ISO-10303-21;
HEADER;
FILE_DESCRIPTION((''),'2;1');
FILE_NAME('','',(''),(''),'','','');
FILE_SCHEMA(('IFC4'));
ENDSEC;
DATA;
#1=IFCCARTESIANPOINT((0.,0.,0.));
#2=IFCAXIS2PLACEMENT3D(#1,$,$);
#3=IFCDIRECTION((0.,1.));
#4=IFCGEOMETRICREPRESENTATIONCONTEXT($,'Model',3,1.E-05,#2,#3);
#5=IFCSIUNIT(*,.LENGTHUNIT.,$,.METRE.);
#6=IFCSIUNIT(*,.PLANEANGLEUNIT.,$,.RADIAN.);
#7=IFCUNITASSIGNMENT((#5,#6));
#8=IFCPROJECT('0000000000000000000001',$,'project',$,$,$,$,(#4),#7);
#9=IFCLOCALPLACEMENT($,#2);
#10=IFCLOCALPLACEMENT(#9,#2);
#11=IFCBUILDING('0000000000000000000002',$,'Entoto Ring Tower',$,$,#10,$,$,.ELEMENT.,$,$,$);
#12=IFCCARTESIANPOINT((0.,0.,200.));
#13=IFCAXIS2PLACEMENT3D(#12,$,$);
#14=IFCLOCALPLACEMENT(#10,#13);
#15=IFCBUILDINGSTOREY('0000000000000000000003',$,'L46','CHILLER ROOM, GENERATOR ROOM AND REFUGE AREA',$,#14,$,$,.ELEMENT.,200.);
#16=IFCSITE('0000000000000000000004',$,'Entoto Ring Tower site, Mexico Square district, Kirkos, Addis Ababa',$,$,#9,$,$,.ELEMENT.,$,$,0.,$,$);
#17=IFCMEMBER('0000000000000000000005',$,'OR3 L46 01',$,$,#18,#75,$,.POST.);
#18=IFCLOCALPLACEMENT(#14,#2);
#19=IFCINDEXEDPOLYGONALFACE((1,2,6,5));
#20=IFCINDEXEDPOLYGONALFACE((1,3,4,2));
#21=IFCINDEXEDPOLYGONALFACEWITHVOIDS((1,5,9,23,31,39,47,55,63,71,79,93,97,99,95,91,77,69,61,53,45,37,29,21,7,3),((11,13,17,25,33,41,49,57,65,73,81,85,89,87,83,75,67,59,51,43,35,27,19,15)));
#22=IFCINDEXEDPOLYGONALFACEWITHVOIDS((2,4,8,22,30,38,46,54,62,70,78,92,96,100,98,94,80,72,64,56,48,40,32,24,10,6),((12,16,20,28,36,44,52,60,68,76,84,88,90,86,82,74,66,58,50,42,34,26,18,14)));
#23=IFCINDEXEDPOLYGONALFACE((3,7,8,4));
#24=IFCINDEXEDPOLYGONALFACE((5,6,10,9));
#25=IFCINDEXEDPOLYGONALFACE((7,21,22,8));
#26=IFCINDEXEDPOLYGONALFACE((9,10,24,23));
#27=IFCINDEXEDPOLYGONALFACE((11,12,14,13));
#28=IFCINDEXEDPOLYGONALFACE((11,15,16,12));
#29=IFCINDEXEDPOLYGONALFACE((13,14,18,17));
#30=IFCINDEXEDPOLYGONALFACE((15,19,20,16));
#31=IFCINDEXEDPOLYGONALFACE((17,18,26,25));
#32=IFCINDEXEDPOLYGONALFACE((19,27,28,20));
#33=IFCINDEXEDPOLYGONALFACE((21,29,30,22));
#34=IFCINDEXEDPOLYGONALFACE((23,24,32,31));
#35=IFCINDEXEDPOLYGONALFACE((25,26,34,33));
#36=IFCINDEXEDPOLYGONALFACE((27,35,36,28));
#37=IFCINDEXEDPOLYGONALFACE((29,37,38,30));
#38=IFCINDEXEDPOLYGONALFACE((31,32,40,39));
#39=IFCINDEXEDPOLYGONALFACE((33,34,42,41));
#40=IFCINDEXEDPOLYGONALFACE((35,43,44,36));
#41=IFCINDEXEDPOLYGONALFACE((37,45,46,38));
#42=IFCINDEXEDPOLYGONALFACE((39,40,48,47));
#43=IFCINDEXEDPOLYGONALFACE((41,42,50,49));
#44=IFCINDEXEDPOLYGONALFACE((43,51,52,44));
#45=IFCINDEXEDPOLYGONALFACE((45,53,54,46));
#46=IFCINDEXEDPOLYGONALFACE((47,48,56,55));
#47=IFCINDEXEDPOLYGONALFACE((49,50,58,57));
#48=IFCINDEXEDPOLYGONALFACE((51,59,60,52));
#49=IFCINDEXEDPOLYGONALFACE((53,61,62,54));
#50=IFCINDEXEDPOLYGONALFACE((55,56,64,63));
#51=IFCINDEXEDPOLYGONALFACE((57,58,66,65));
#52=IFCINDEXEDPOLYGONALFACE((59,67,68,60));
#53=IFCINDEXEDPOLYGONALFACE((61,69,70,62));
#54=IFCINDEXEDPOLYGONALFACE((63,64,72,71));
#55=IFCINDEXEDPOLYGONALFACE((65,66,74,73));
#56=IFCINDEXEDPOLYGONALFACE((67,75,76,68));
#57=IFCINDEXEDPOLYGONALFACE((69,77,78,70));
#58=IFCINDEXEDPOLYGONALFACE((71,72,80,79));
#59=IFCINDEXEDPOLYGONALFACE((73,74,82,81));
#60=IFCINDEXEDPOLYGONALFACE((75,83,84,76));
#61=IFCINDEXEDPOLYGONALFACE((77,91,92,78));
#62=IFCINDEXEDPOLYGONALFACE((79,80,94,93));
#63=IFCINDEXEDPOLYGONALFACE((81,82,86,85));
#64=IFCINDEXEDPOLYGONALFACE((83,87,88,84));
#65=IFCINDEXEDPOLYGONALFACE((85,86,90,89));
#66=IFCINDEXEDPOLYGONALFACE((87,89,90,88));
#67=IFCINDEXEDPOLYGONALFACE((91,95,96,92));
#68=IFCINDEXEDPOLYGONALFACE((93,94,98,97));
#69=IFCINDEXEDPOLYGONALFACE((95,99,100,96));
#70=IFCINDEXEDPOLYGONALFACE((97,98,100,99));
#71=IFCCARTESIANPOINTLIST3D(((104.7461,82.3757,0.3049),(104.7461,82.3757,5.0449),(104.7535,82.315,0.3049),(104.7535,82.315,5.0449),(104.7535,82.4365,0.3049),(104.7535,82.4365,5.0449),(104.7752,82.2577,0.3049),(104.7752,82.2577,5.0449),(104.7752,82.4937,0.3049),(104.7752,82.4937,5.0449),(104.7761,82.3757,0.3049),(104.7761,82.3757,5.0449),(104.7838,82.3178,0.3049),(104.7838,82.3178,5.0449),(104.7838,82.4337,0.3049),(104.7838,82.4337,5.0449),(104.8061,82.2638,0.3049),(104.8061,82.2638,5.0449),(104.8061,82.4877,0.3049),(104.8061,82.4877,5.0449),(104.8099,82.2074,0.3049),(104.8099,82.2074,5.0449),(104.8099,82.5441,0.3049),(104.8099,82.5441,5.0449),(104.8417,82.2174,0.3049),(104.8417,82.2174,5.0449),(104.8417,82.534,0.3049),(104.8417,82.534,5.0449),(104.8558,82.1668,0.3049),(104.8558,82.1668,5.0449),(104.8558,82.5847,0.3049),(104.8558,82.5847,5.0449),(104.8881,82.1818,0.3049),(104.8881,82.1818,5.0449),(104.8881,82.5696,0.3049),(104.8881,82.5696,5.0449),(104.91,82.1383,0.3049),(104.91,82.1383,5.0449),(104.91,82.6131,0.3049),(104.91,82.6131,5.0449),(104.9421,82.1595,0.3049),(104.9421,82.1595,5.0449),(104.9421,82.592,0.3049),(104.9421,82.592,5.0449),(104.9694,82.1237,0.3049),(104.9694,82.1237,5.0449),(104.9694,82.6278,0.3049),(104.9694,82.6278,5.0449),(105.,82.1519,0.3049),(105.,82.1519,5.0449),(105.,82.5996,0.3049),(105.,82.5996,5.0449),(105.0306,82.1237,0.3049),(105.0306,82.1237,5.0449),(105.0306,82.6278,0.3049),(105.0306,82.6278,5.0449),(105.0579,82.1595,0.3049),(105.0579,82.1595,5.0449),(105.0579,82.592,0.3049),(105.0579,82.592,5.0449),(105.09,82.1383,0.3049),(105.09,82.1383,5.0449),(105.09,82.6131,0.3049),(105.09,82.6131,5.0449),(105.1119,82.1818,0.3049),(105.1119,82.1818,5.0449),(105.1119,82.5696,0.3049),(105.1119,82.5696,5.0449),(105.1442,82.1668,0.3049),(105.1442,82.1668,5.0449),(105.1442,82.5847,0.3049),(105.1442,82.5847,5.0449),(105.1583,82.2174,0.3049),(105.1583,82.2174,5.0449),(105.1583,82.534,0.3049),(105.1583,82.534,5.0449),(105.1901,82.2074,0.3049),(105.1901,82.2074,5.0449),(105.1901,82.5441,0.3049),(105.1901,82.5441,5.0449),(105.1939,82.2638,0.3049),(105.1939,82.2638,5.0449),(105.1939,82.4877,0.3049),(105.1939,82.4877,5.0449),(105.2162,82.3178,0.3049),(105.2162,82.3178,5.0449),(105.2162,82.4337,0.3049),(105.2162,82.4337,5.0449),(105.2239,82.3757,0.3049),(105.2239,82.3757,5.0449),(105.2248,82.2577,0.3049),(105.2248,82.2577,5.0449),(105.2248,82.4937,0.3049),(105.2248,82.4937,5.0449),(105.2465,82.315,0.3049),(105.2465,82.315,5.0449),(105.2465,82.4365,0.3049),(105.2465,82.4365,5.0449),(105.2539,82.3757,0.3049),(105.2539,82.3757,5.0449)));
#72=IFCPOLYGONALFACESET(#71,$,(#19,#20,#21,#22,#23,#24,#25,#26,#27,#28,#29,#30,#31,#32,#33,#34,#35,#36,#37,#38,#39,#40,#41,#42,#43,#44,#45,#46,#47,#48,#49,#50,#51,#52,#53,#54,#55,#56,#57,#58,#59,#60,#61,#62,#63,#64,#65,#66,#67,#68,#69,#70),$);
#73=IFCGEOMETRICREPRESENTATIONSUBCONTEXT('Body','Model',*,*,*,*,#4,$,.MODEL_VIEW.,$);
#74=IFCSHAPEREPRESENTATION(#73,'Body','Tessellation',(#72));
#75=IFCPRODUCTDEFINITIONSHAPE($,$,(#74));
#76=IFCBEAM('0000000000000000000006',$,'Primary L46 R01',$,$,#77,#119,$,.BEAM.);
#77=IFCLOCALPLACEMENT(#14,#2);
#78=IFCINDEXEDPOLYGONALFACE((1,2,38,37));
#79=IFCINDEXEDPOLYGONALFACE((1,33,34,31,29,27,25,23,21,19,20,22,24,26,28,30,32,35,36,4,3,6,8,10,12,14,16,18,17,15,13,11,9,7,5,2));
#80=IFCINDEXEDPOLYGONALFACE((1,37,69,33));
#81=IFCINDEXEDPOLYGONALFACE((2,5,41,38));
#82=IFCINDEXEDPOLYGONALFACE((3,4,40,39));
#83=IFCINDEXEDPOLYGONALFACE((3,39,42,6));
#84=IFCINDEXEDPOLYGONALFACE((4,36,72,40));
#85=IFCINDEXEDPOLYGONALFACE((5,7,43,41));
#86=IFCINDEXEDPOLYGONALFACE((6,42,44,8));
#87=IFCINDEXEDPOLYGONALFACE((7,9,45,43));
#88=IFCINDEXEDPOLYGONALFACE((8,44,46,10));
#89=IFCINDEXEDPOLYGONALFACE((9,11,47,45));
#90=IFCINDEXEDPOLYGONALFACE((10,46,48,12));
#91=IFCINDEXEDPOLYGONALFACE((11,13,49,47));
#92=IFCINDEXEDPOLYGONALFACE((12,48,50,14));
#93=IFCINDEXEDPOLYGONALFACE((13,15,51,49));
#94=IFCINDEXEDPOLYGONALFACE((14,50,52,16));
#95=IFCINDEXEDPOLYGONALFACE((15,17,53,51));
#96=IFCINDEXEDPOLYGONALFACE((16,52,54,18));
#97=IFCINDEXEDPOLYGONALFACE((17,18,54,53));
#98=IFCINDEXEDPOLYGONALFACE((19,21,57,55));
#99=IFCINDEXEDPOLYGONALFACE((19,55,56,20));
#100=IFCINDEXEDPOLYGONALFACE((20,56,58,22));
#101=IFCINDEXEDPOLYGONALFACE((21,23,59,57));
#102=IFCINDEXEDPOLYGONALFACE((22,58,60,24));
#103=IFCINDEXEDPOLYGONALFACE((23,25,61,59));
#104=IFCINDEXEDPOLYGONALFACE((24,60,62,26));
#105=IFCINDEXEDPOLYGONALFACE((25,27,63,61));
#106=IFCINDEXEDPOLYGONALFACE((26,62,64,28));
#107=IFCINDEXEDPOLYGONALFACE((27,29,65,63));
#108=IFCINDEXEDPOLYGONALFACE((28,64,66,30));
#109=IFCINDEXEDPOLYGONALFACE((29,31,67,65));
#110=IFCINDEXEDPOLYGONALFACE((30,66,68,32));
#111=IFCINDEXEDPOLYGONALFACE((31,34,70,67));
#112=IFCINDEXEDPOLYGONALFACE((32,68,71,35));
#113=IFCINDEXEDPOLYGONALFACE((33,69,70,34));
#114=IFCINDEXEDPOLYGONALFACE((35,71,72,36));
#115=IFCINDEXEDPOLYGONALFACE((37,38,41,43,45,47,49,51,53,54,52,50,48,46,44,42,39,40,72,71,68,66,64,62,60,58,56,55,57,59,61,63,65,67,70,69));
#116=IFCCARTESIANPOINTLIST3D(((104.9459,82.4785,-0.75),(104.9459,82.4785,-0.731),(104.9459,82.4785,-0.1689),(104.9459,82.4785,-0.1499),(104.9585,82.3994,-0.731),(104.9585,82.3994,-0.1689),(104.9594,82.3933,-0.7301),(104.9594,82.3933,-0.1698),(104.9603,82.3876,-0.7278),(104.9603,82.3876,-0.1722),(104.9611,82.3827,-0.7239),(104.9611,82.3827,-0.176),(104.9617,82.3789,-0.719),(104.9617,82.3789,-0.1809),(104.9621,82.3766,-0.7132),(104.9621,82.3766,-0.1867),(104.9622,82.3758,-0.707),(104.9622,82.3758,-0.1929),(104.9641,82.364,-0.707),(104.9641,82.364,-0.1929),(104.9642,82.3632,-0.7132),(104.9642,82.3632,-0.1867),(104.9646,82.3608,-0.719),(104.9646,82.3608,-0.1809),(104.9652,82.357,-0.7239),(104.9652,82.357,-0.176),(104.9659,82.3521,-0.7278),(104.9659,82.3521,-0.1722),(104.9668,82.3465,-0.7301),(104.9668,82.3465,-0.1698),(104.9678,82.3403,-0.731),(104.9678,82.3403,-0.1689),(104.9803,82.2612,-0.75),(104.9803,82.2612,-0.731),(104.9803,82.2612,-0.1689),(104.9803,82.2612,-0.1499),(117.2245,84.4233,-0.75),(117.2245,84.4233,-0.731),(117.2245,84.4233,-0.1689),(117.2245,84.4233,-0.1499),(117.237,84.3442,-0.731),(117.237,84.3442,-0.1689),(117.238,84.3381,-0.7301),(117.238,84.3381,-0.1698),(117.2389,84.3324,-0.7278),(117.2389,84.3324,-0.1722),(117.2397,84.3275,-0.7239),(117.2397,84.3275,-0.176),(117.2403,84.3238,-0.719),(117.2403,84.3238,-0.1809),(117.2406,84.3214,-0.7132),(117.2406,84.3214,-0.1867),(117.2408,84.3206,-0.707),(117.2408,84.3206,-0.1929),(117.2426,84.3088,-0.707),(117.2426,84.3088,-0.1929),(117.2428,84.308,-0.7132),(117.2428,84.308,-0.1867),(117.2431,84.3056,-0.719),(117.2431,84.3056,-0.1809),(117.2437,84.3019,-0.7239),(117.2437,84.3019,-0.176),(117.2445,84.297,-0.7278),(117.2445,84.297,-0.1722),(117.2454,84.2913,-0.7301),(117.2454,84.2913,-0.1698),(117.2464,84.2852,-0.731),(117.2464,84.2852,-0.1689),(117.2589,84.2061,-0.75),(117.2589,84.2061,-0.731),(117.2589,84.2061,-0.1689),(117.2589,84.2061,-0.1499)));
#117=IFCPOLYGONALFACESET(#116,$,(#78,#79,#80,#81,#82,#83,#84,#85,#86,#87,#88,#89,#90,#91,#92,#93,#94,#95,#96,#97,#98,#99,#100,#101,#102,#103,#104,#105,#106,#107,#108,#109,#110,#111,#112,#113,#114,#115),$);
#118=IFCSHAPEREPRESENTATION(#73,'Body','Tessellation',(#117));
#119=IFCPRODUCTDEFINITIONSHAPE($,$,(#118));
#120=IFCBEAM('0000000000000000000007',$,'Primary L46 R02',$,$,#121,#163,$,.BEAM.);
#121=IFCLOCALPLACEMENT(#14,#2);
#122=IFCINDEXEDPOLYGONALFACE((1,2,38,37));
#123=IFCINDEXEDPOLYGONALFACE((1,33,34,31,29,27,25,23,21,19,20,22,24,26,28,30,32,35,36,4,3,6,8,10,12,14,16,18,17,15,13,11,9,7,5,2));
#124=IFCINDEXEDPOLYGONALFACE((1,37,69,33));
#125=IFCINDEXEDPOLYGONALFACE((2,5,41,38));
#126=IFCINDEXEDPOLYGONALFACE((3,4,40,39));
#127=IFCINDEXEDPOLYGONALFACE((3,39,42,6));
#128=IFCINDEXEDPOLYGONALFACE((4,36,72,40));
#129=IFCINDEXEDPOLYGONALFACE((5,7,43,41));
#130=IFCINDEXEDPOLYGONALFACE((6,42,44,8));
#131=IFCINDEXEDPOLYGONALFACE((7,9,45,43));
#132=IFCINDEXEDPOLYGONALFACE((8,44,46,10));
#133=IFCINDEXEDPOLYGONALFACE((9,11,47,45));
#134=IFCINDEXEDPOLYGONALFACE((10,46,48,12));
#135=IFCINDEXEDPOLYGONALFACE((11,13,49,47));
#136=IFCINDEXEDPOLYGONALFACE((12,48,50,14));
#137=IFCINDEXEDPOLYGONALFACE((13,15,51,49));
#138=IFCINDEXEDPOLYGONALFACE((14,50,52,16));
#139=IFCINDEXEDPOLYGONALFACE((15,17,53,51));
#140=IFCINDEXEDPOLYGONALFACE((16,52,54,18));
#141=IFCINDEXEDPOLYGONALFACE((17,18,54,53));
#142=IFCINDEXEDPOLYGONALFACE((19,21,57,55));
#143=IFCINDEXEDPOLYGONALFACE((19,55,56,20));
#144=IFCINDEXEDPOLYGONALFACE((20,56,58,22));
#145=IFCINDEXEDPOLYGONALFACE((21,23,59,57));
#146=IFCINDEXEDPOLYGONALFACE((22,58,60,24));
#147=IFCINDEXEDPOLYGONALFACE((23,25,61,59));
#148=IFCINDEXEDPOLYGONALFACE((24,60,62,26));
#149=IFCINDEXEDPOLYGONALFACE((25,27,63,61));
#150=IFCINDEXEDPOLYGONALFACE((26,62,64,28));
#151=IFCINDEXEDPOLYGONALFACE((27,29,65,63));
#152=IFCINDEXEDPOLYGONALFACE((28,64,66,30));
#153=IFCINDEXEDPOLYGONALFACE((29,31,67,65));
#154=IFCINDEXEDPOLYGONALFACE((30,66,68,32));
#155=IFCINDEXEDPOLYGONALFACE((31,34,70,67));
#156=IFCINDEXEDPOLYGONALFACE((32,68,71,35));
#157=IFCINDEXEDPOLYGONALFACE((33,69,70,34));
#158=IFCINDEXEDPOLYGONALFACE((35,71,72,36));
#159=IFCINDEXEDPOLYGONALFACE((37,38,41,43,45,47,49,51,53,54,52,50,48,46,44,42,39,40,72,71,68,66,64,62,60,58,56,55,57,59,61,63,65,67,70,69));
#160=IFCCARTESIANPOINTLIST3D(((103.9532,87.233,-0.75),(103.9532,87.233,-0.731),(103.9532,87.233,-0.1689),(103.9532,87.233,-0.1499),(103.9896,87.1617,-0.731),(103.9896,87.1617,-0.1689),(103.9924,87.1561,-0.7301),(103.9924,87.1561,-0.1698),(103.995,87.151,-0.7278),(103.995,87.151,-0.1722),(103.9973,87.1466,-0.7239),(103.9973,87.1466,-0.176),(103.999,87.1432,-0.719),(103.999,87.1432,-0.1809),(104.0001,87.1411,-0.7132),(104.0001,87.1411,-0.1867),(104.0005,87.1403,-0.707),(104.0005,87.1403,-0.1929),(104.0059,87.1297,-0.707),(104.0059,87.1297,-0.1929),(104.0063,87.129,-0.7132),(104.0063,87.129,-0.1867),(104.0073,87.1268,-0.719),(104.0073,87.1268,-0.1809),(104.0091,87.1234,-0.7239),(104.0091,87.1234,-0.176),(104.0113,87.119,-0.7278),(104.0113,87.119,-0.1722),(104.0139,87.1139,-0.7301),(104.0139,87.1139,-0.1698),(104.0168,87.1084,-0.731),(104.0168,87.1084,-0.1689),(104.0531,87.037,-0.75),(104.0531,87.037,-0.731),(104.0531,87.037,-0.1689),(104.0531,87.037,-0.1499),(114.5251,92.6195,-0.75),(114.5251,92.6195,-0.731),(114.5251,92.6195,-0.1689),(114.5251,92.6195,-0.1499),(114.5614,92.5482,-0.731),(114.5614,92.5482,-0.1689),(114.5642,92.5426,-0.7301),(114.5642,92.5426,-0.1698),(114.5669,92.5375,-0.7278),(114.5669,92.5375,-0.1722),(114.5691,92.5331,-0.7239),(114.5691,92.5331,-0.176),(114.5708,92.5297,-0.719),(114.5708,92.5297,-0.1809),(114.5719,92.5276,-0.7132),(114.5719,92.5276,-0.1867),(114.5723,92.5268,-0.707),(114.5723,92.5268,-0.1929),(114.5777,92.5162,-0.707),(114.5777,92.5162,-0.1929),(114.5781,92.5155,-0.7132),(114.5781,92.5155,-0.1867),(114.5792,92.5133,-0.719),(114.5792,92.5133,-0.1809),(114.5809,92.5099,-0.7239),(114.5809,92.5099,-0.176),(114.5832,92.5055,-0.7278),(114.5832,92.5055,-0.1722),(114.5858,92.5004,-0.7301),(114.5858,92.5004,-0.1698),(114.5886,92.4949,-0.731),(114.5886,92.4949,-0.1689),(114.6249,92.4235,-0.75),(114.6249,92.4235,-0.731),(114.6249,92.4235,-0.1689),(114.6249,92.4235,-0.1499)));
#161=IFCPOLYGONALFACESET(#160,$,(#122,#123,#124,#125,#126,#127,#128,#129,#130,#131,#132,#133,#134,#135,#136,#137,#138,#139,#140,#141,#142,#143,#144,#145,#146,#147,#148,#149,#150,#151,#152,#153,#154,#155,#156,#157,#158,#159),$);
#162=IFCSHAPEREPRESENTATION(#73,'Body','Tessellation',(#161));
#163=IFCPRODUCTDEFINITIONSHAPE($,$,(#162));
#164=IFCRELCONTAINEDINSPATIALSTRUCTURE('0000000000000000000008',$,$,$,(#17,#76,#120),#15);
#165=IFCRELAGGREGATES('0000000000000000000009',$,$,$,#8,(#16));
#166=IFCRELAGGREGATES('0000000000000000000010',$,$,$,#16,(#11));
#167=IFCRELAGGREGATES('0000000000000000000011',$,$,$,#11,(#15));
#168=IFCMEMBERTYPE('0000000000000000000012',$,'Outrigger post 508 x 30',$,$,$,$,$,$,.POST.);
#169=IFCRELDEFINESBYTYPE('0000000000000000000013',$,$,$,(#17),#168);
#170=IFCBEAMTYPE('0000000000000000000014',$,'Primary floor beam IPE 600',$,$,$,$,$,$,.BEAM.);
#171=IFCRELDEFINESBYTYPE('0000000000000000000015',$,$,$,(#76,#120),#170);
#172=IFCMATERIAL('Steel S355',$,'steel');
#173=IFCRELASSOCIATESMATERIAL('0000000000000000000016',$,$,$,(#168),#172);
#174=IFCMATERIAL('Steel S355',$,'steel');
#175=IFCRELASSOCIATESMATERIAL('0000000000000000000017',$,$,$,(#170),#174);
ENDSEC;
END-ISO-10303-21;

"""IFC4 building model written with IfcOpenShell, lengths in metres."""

from ifc_helpers import new_model, si_unit, direction, frame, origin, origin_2d, place, context, subcontext, project, spatial, circle, hollow_circle, i_section, extrude, material, material_profile, profile_set, type_object, element, save


model = new_model("IFC4")

# Units and contexts
model_context = context("Model", 3, precision=1e-05, world=origin(), true_north=direction((0.0, 1.0)))
body_context = subcontext(model_context, "Body", "Model", "MODEL_VIEW")
ifc_project = project(units=[si_unit("LENGTHUNIT", "METRE"), si_unit("PLANEANGLEUNIT", "RADIAN")], contexts=[model_context])

# Site, building, storey
site_placement = place(None, origin())
site = spatial("IfcSite", under=ifc_project, at=site_placement, Name="Entoto Ring Tower site, Mexico Square district, Kirkos, Addis Ababa", CompositionType="ELEMENT", RefElevation=0.0)
building_placement = place(site_placement, origin())
building = spatial("IfcBuilding", under=site, at=building_placement, Name="Entoto Ring Tower", CompositionType="ELEMENT")
storey_placement = place(building_placement, frame((0.0, 0.0, 200.0)))
storey = spatial("IfcBuildingStorey", under=building, at=storey_placement, Name="L46", Description="CHILLER ROOM, GENERATOR ROOM AND REFUGE AREA", CompositionType="ELEMENT", Elevation=200.0)

# Member
ifc_material_1 = material(Name="Steel S355", Category="steel")
ifc_material_profile_1 = material_profile(ifc_material_1, hollow_circle(Radius=0.2539, WallThickness=0.03, at=origin_2d()), Name="CHS 508 x 30")
ifc_material_2 = material(Name="Concrete C60/75", Category="concrete")
ifc_material_profile_2 = material_profile(ifc_material_2, circle(Radius=0.2241, at=origin_2d()), Name="Concrete C60/75 infill")
ifc_profile_set_1 = profile_set([ifc_material_profile_1, ifc_material_profile_2], Name="Steel S355")
member_type_1 = type_object("IfcMemberType", Name="Outrigger post 508 x 30", PredefinedType="POST", material=ifc_profile_set_1)
member_1_placement = place(storey_placement, frame((105.0, 82.3757, 0.3049), z_axis=(0.0, 0.0, 1.0), x_axis=(1.0, 0.0, 0.0)))
element("IfcMember", 1, at=member_1_placement, inside=storey, type_object=member_type_1, Name="OR3 L46 01", PredefinedType="POST", context=body_context, shape_type="SweptSolid", body=[
    extrude(hollow_circle(Radius=0.2539, WallThickness=0.03, at=origin_2d()), origin(), (0.0, 0.0, 1.0), 4.74),
])

# Beams
ifc_material_3 = material(Name="Steel S355", Category="steel")
ifc_material_profile_3 = material_profile(ifc_material_3, i_section(OverallWidth=0.22, OverallDepth=0.6001, WebThickness=0.012, FlangeThickness=0.019, FilletRadius=0.0239, at=origin_2d()), Name="IPE 600")
ifc_profile_set_2 = profile_set([ifc_material_profile_3], Name="Steel S355")
beam_type_1 = type_object("IfcBeamType", Name="Primary floor beam IPE 600", PredefinedType="BEAM", material=ifc_profile_set_2)
beam_1_placement = place(storey_placement, frame((104.9631, 82.3699, -0.45), z_axis=(0.987687, 0.156442, 0.0), x_axis=(-0.156442, 0.987687, 0.0)))
element("IfcBeam", 2, at=beam_1_placement, inside=storey, type_object=beam_type_1, Name="Primary L46 R01", PredefinedType="BEAM", context=body_context, shape_type="SweptSolid", body=[
    extrude(i_section(OverallWidth=0.22, OverallDepth=0.6001, WebThickness=0.012, FlangeThickness=0.019, FilletRadius=0.0239, at=origin_2d()), origin(), (0.0, 0.0, 1.0), 12.4316),
])
beam_2_placement = place(storey_placement, frame((104.0032, 87.135, -0.45), z_axis=(0.89101, 0.453983, 0.0), x_axis=(-0.453983, 0.89101, 0.0)))
element("IfcBeam", 3, at=beam_2_placement, inside=storey, type_object=beam_type_1, Name="Primary L46 R02", PredefinedType="BEAM", context=body_context, shape_type="SweptSolid", body=[
    extrude(i_section(OverallWidth=0.22, OverallDepth=0.6001, WebThickness=0.012, FlangeThickness=0.019, FilletRadius=0.0239, at=origin_2d()), origin(), (0.0, 0.0, 1.0), 11.865),
])

save(model, "model.ifc")
